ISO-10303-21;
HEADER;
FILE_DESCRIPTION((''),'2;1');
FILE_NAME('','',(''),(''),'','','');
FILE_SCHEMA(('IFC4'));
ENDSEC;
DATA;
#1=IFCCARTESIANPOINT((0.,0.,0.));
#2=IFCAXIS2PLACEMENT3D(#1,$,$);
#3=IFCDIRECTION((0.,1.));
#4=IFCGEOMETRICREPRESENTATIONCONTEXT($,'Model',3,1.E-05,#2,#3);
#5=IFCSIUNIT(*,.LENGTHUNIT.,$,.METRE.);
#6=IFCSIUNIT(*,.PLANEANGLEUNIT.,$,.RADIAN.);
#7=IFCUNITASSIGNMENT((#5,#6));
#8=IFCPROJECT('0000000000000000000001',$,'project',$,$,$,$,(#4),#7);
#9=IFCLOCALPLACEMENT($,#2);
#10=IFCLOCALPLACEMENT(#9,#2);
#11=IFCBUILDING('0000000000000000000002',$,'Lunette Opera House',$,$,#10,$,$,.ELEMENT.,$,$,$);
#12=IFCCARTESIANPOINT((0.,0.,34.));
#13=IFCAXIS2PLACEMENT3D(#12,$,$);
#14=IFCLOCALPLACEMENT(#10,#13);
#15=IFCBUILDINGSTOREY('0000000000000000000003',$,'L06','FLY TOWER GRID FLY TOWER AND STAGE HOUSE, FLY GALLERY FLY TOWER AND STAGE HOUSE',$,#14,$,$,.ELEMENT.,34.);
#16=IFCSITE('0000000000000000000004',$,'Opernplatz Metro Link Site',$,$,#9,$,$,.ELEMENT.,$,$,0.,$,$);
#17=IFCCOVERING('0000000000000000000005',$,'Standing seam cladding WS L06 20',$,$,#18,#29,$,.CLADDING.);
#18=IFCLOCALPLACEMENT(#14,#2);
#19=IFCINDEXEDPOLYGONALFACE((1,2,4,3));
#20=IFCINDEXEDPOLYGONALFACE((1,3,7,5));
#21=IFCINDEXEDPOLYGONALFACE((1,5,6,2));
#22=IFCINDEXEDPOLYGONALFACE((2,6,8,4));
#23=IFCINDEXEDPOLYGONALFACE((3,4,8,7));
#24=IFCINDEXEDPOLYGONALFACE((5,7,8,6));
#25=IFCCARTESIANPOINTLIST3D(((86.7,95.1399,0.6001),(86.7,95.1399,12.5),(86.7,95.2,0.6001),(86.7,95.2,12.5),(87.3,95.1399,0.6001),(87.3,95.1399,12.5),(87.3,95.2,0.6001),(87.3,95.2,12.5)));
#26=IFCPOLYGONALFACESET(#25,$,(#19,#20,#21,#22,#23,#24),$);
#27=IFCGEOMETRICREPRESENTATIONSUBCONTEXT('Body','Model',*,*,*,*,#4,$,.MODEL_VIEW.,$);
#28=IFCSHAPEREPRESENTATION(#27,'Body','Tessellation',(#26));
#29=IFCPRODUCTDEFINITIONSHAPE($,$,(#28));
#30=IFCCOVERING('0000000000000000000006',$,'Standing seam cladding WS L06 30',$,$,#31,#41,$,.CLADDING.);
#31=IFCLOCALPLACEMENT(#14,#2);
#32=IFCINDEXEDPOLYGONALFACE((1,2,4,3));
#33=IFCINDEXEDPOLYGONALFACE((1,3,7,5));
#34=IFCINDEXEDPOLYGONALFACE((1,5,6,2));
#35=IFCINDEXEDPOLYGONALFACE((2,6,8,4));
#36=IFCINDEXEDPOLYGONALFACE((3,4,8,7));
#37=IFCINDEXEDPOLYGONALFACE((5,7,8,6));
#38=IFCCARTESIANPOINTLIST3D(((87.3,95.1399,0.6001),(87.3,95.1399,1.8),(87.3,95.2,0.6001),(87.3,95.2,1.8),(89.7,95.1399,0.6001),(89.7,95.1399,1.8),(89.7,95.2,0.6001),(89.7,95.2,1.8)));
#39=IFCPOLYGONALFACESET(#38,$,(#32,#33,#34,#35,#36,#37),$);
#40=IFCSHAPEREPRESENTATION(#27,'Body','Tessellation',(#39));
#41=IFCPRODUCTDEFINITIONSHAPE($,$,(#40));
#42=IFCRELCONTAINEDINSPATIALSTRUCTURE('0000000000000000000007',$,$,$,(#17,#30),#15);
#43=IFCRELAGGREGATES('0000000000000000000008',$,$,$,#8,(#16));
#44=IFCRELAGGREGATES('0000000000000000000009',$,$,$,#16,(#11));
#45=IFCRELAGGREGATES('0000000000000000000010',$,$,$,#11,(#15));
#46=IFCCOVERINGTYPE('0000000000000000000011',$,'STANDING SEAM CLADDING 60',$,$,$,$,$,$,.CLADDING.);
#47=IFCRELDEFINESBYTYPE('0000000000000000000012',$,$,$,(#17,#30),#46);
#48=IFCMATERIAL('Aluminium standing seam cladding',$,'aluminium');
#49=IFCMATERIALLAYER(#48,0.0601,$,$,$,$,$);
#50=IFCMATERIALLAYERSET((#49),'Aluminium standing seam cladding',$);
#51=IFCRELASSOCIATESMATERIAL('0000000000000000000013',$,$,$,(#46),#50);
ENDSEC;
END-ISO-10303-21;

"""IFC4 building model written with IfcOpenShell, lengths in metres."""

from ifc_helpers import new_model, si_unit, direction, frame, origin, origin_2d, place, context, subcontext, project, spatial, rectangle, extrude, material, layer, layer_set, type_object, element, save


model = new_model("IFC4")

# Units and contexts
model_context = context("Model", 3, precision=1e-05, world=origin(), true_north=direction((0.0, 1.0)))
body_context = subcontext(model_context, "Body", "Model", "MODEL_VIEW")
ifc_project = project(units=[si_unit("LENGTHUNIT", "METRE"), si_unit("PLANEANGLEUNIT", "RADIAN")], contexts=[model_context])

# Site, building, storey
site_placement = place(None, origin())
site = spatial("IfcSite", under=ifc_project, at=site_placement, Name="Opernplatz Metro Link Site", CompositionType="ELEMENT", RefElevation=0.0)
building_placement = place(site_placement, origin())
building = spatial("IfcBuilding", under=site, at=building_placement, Name="Lunette Opera House", CompositionType="ELEMENT")
storey_placement = place(building_placement, frame((0.0, 0.0, 34.0)))
storey = spatial("IfcBuildingStorey", under=building, at=storey_placement, Name="L06", Description="FLY TOWER GRID FLY TOWER AND STAGE HOUSE, FLY GALLERY FLY TOWER AND STAGE HOUSE", CompositionType="ELEMENT", Elevation=34.0)

# Coverings
ifc_material_1 = material(Name="Aluminium standing seam cladding", Category="aluminium")
ifc_layer_1 = layer(ifc_material_1, 0.0601)
ifc_layer_set_1 = layer_set([ifc_layer_1], Name="Aluminium standing seam cladding")
covering_type = type_object("IfcCoveringType", Name="STANDING SEAM CLADDING 60", PredefinedType="CLADDING", material=ifc_layer_set_1)
covering_1_placement = place(storey_placement, frame((87.0, 95.1699, 0.6001), z_axis=(0.0, 0.0, 1.0), x_axis=(1.0, 0.0, 0.0)))
element("IfcCovering", 1, at=covering_1_placement, inside=storey, type_object=covering_type, Name="Standing seam cladding WS L06 20", PredefinedType="CLADDING", context=body_context, shape_type="SweptSolid", body=[
    extrude(rectangle(XDim=0.6001, YDim=0.0601, at=origin_2d()), origin(), (0.0, 0.0, 1.0), 11.8999),
])
covering_2_placement = place(storey_placement, frame((88.5, 95.1699, 0.6001), z_axis=(0.0, 0.0, 1.0), x_axis=(1.0, 0.0, 0.0)))
element("IfcCovering", 2, at=covering_2_placement, inside=storey, type_object=covering_type, Name="Standing seam cladding WS L06 30", PredefinedType="CLADDING", context=body_context, shape_type="SweptSolid", body=[
    extrude(rectangle(XDim=2.3999, YDim=0.0601, at=origin_2d()), origin(), (0.0, 0.0, 1.0), 1.2),
])

save(model, "model.ifc")
